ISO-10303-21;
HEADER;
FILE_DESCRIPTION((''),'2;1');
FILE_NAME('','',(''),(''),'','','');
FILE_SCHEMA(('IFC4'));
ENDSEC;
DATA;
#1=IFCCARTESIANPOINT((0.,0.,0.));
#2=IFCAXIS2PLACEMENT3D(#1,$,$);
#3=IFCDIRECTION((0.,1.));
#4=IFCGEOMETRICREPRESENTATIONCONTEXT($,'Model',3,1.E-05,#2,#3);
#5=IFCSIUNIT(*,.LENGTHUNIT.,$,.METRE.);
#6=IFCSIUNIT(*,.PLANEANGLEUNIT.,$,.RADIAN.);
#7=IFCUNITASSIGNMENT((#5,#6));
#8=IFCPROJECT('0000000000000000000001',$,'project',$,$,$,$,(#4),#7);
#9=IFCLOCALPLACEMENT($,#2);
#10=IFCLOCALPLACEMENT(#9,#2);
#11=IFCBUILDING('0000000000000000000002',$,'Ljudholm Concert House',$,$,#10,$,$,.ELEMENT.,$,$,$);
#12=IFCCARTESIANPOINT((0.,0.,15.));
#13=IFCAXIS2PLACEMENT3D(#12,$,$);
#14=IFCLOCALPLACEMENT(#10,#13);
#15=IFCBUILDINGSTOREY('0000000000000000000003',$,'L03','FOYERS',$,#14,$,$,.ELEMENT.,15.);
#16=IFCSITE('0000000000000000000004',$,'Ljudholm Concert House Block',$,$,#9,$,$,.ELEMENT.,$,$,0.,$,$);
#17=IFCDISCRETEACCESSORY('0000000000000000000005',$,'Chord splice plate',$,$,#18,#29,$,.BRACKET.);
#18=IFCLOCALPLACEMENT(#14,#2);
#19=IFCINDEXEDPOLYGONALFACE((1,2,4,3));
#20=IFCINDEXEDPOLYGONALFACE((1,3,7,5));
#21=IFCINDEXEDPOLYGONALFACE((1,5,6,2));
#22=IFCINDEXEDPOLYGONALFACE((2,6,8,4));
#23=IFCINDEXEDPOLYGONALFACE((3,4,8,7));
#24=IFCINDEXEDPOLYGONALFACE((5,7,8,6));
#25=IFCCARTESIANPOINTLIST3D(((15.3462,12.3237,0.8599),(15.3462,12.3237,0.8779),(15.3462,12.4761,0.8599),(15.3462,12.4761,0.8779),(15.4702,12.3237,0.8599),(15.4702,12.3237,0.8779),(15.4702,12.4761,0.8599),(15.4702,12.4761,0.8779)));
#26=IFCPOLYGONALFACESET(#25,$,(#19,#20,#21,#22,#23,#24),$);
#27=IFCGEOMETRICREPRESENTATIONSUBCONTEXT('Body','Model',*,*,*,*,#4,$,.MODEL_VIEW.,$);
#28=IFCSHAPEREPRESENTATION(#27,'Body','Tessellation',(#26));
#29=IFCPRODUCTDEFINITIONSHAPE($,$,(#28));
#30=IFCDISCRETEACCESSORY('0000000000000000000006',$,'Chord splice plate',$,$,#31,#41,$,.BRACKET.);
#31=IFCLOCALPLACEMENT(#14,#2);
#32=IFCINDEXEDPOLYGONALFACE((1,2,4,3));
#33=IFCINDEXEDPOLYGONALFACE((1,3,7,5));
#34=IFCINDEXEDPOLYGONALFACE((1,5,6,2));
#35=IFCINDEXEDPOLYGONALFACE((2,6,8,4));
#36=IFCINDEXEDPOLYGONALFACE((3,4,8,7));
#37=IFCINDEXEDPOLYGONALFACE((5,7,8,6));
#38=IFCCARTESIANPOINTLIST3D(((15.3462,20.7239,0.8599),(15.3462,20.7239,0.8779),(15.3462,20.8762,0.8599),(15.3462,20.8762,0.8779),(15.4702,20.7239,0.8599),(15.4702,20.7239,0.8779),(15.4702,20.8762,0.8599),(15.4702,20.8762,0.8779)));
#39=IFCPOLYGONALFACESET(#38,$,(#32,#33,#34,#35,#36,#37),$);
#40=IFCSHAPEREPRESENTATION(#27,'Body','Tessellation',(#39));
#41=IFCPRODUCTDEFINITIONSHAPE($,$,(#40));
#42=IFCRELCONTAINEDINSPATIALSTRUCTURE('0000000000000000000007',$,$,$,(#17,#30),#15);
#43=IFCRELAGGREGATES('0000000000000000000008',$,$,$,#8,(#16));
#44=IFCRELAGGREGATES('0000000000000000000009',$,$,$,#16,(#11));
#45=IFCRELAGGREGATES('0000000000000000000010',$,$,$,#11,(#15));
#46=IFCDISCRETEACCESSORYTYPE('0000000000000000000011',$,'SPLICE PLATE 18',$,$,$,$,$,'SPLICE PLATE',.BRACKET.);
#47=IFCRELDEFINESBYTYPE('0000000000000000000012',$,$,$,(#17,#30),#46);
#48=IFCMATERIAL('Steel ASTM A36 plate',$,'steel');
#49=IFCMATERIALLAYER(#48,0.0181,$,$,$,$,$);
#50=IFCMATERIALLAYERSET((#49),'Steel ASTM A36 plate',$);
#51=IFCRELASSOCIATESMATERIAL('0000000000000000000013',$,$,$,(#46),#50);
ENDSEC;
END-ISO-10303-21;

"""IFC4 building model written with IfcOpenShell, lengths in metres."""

from ifc_helpers import new_model, si_unit, direction, frame, origin, origin_2d, place, context, subcontext, project, spatial, rectangle, extrude, material, layer, layer_set, type_object, element, save


model = new_model("IFC4")

# Units and contexts
model_context = context("Model", 3, precision=1e-05, world=origin(), true_north=direction((0.0, 1.0)))
body_context = subcontext(model_context, "Body", "Model", "MODEL_VIEW")
ifc_project = project(units=[si_unit("LENGTHUNIT", "METRE"), si_unit("PLANEANGLEUNIT", "RADIAN")], contexts=[model_context])

# Site, building, storey
site_placement = place(None, origin())
site = spatial("IfcSite", under=ifc_project, at=site_placement, Name="Ljudholm Concert House Block", CompositionType="ELEMENT", RefElevation=0.0)
building_placement = place(site_placement, origin())
building = spatial("IfcBuilding", under=site, at=building_placement, Name="Ljudholm Concert House", CompositionType="ELEMENT")
storey_placement = place(building_placement, frame((0.0, 0.0, 15.0)))
storey = spatial("IfcBuildingStorey", under=building, at=storey_placement, Name="L03", Description="FOYERS", CompositionType="ELEMENT", Elevation=15.0)

# Discrete accessories
ifc_material_1 = material(Name="Steel ASTM A36 plate", Category="steel")
ifc_layer = layer(ifc_material_1, 0.0181)
ifc_layer_set = layer_set([ifc_layer], Name="Steel ASTM A36 plate")
discrete_accessory_type = type_object("IfcDiscreteAccessoryType", Name="SPLICE PLATE 18", ElementType="SPLICE PLATE", PredefinedType="BRACKET", material=ifc_layer_set)
for number, where, z_axis, x_axis, name in (
    (1, (15.4082, 12.3999, 0.8599), (0.0, 0.0, 1.0), (1.0, 0.0, 0.0), "Chord splice plate"),
    (2, (15.4082, 20.8, 0.8599), (0.0, 0.0, 1.0), (1.0, 0.0, 0.0), "Chord splice plate"),
):
    element("IfcDiscreteAccessory", number, at=place(storey_placement, frame(where, z_axis=z_axis, x_axis=x_axis)), inside=storey, type_object=discrete_accessory_type, Name=name, PredefinedType="BRACKET", context=body_context, shape_type="SweptSolid", body=[
        extrude(rectangle(XDim=0.124, YDim=0.1523, at=origin_2d()), origin(), (0.0, 0.0, 1.0), 0.0181),
    ])

save(model, "model.ifc")
